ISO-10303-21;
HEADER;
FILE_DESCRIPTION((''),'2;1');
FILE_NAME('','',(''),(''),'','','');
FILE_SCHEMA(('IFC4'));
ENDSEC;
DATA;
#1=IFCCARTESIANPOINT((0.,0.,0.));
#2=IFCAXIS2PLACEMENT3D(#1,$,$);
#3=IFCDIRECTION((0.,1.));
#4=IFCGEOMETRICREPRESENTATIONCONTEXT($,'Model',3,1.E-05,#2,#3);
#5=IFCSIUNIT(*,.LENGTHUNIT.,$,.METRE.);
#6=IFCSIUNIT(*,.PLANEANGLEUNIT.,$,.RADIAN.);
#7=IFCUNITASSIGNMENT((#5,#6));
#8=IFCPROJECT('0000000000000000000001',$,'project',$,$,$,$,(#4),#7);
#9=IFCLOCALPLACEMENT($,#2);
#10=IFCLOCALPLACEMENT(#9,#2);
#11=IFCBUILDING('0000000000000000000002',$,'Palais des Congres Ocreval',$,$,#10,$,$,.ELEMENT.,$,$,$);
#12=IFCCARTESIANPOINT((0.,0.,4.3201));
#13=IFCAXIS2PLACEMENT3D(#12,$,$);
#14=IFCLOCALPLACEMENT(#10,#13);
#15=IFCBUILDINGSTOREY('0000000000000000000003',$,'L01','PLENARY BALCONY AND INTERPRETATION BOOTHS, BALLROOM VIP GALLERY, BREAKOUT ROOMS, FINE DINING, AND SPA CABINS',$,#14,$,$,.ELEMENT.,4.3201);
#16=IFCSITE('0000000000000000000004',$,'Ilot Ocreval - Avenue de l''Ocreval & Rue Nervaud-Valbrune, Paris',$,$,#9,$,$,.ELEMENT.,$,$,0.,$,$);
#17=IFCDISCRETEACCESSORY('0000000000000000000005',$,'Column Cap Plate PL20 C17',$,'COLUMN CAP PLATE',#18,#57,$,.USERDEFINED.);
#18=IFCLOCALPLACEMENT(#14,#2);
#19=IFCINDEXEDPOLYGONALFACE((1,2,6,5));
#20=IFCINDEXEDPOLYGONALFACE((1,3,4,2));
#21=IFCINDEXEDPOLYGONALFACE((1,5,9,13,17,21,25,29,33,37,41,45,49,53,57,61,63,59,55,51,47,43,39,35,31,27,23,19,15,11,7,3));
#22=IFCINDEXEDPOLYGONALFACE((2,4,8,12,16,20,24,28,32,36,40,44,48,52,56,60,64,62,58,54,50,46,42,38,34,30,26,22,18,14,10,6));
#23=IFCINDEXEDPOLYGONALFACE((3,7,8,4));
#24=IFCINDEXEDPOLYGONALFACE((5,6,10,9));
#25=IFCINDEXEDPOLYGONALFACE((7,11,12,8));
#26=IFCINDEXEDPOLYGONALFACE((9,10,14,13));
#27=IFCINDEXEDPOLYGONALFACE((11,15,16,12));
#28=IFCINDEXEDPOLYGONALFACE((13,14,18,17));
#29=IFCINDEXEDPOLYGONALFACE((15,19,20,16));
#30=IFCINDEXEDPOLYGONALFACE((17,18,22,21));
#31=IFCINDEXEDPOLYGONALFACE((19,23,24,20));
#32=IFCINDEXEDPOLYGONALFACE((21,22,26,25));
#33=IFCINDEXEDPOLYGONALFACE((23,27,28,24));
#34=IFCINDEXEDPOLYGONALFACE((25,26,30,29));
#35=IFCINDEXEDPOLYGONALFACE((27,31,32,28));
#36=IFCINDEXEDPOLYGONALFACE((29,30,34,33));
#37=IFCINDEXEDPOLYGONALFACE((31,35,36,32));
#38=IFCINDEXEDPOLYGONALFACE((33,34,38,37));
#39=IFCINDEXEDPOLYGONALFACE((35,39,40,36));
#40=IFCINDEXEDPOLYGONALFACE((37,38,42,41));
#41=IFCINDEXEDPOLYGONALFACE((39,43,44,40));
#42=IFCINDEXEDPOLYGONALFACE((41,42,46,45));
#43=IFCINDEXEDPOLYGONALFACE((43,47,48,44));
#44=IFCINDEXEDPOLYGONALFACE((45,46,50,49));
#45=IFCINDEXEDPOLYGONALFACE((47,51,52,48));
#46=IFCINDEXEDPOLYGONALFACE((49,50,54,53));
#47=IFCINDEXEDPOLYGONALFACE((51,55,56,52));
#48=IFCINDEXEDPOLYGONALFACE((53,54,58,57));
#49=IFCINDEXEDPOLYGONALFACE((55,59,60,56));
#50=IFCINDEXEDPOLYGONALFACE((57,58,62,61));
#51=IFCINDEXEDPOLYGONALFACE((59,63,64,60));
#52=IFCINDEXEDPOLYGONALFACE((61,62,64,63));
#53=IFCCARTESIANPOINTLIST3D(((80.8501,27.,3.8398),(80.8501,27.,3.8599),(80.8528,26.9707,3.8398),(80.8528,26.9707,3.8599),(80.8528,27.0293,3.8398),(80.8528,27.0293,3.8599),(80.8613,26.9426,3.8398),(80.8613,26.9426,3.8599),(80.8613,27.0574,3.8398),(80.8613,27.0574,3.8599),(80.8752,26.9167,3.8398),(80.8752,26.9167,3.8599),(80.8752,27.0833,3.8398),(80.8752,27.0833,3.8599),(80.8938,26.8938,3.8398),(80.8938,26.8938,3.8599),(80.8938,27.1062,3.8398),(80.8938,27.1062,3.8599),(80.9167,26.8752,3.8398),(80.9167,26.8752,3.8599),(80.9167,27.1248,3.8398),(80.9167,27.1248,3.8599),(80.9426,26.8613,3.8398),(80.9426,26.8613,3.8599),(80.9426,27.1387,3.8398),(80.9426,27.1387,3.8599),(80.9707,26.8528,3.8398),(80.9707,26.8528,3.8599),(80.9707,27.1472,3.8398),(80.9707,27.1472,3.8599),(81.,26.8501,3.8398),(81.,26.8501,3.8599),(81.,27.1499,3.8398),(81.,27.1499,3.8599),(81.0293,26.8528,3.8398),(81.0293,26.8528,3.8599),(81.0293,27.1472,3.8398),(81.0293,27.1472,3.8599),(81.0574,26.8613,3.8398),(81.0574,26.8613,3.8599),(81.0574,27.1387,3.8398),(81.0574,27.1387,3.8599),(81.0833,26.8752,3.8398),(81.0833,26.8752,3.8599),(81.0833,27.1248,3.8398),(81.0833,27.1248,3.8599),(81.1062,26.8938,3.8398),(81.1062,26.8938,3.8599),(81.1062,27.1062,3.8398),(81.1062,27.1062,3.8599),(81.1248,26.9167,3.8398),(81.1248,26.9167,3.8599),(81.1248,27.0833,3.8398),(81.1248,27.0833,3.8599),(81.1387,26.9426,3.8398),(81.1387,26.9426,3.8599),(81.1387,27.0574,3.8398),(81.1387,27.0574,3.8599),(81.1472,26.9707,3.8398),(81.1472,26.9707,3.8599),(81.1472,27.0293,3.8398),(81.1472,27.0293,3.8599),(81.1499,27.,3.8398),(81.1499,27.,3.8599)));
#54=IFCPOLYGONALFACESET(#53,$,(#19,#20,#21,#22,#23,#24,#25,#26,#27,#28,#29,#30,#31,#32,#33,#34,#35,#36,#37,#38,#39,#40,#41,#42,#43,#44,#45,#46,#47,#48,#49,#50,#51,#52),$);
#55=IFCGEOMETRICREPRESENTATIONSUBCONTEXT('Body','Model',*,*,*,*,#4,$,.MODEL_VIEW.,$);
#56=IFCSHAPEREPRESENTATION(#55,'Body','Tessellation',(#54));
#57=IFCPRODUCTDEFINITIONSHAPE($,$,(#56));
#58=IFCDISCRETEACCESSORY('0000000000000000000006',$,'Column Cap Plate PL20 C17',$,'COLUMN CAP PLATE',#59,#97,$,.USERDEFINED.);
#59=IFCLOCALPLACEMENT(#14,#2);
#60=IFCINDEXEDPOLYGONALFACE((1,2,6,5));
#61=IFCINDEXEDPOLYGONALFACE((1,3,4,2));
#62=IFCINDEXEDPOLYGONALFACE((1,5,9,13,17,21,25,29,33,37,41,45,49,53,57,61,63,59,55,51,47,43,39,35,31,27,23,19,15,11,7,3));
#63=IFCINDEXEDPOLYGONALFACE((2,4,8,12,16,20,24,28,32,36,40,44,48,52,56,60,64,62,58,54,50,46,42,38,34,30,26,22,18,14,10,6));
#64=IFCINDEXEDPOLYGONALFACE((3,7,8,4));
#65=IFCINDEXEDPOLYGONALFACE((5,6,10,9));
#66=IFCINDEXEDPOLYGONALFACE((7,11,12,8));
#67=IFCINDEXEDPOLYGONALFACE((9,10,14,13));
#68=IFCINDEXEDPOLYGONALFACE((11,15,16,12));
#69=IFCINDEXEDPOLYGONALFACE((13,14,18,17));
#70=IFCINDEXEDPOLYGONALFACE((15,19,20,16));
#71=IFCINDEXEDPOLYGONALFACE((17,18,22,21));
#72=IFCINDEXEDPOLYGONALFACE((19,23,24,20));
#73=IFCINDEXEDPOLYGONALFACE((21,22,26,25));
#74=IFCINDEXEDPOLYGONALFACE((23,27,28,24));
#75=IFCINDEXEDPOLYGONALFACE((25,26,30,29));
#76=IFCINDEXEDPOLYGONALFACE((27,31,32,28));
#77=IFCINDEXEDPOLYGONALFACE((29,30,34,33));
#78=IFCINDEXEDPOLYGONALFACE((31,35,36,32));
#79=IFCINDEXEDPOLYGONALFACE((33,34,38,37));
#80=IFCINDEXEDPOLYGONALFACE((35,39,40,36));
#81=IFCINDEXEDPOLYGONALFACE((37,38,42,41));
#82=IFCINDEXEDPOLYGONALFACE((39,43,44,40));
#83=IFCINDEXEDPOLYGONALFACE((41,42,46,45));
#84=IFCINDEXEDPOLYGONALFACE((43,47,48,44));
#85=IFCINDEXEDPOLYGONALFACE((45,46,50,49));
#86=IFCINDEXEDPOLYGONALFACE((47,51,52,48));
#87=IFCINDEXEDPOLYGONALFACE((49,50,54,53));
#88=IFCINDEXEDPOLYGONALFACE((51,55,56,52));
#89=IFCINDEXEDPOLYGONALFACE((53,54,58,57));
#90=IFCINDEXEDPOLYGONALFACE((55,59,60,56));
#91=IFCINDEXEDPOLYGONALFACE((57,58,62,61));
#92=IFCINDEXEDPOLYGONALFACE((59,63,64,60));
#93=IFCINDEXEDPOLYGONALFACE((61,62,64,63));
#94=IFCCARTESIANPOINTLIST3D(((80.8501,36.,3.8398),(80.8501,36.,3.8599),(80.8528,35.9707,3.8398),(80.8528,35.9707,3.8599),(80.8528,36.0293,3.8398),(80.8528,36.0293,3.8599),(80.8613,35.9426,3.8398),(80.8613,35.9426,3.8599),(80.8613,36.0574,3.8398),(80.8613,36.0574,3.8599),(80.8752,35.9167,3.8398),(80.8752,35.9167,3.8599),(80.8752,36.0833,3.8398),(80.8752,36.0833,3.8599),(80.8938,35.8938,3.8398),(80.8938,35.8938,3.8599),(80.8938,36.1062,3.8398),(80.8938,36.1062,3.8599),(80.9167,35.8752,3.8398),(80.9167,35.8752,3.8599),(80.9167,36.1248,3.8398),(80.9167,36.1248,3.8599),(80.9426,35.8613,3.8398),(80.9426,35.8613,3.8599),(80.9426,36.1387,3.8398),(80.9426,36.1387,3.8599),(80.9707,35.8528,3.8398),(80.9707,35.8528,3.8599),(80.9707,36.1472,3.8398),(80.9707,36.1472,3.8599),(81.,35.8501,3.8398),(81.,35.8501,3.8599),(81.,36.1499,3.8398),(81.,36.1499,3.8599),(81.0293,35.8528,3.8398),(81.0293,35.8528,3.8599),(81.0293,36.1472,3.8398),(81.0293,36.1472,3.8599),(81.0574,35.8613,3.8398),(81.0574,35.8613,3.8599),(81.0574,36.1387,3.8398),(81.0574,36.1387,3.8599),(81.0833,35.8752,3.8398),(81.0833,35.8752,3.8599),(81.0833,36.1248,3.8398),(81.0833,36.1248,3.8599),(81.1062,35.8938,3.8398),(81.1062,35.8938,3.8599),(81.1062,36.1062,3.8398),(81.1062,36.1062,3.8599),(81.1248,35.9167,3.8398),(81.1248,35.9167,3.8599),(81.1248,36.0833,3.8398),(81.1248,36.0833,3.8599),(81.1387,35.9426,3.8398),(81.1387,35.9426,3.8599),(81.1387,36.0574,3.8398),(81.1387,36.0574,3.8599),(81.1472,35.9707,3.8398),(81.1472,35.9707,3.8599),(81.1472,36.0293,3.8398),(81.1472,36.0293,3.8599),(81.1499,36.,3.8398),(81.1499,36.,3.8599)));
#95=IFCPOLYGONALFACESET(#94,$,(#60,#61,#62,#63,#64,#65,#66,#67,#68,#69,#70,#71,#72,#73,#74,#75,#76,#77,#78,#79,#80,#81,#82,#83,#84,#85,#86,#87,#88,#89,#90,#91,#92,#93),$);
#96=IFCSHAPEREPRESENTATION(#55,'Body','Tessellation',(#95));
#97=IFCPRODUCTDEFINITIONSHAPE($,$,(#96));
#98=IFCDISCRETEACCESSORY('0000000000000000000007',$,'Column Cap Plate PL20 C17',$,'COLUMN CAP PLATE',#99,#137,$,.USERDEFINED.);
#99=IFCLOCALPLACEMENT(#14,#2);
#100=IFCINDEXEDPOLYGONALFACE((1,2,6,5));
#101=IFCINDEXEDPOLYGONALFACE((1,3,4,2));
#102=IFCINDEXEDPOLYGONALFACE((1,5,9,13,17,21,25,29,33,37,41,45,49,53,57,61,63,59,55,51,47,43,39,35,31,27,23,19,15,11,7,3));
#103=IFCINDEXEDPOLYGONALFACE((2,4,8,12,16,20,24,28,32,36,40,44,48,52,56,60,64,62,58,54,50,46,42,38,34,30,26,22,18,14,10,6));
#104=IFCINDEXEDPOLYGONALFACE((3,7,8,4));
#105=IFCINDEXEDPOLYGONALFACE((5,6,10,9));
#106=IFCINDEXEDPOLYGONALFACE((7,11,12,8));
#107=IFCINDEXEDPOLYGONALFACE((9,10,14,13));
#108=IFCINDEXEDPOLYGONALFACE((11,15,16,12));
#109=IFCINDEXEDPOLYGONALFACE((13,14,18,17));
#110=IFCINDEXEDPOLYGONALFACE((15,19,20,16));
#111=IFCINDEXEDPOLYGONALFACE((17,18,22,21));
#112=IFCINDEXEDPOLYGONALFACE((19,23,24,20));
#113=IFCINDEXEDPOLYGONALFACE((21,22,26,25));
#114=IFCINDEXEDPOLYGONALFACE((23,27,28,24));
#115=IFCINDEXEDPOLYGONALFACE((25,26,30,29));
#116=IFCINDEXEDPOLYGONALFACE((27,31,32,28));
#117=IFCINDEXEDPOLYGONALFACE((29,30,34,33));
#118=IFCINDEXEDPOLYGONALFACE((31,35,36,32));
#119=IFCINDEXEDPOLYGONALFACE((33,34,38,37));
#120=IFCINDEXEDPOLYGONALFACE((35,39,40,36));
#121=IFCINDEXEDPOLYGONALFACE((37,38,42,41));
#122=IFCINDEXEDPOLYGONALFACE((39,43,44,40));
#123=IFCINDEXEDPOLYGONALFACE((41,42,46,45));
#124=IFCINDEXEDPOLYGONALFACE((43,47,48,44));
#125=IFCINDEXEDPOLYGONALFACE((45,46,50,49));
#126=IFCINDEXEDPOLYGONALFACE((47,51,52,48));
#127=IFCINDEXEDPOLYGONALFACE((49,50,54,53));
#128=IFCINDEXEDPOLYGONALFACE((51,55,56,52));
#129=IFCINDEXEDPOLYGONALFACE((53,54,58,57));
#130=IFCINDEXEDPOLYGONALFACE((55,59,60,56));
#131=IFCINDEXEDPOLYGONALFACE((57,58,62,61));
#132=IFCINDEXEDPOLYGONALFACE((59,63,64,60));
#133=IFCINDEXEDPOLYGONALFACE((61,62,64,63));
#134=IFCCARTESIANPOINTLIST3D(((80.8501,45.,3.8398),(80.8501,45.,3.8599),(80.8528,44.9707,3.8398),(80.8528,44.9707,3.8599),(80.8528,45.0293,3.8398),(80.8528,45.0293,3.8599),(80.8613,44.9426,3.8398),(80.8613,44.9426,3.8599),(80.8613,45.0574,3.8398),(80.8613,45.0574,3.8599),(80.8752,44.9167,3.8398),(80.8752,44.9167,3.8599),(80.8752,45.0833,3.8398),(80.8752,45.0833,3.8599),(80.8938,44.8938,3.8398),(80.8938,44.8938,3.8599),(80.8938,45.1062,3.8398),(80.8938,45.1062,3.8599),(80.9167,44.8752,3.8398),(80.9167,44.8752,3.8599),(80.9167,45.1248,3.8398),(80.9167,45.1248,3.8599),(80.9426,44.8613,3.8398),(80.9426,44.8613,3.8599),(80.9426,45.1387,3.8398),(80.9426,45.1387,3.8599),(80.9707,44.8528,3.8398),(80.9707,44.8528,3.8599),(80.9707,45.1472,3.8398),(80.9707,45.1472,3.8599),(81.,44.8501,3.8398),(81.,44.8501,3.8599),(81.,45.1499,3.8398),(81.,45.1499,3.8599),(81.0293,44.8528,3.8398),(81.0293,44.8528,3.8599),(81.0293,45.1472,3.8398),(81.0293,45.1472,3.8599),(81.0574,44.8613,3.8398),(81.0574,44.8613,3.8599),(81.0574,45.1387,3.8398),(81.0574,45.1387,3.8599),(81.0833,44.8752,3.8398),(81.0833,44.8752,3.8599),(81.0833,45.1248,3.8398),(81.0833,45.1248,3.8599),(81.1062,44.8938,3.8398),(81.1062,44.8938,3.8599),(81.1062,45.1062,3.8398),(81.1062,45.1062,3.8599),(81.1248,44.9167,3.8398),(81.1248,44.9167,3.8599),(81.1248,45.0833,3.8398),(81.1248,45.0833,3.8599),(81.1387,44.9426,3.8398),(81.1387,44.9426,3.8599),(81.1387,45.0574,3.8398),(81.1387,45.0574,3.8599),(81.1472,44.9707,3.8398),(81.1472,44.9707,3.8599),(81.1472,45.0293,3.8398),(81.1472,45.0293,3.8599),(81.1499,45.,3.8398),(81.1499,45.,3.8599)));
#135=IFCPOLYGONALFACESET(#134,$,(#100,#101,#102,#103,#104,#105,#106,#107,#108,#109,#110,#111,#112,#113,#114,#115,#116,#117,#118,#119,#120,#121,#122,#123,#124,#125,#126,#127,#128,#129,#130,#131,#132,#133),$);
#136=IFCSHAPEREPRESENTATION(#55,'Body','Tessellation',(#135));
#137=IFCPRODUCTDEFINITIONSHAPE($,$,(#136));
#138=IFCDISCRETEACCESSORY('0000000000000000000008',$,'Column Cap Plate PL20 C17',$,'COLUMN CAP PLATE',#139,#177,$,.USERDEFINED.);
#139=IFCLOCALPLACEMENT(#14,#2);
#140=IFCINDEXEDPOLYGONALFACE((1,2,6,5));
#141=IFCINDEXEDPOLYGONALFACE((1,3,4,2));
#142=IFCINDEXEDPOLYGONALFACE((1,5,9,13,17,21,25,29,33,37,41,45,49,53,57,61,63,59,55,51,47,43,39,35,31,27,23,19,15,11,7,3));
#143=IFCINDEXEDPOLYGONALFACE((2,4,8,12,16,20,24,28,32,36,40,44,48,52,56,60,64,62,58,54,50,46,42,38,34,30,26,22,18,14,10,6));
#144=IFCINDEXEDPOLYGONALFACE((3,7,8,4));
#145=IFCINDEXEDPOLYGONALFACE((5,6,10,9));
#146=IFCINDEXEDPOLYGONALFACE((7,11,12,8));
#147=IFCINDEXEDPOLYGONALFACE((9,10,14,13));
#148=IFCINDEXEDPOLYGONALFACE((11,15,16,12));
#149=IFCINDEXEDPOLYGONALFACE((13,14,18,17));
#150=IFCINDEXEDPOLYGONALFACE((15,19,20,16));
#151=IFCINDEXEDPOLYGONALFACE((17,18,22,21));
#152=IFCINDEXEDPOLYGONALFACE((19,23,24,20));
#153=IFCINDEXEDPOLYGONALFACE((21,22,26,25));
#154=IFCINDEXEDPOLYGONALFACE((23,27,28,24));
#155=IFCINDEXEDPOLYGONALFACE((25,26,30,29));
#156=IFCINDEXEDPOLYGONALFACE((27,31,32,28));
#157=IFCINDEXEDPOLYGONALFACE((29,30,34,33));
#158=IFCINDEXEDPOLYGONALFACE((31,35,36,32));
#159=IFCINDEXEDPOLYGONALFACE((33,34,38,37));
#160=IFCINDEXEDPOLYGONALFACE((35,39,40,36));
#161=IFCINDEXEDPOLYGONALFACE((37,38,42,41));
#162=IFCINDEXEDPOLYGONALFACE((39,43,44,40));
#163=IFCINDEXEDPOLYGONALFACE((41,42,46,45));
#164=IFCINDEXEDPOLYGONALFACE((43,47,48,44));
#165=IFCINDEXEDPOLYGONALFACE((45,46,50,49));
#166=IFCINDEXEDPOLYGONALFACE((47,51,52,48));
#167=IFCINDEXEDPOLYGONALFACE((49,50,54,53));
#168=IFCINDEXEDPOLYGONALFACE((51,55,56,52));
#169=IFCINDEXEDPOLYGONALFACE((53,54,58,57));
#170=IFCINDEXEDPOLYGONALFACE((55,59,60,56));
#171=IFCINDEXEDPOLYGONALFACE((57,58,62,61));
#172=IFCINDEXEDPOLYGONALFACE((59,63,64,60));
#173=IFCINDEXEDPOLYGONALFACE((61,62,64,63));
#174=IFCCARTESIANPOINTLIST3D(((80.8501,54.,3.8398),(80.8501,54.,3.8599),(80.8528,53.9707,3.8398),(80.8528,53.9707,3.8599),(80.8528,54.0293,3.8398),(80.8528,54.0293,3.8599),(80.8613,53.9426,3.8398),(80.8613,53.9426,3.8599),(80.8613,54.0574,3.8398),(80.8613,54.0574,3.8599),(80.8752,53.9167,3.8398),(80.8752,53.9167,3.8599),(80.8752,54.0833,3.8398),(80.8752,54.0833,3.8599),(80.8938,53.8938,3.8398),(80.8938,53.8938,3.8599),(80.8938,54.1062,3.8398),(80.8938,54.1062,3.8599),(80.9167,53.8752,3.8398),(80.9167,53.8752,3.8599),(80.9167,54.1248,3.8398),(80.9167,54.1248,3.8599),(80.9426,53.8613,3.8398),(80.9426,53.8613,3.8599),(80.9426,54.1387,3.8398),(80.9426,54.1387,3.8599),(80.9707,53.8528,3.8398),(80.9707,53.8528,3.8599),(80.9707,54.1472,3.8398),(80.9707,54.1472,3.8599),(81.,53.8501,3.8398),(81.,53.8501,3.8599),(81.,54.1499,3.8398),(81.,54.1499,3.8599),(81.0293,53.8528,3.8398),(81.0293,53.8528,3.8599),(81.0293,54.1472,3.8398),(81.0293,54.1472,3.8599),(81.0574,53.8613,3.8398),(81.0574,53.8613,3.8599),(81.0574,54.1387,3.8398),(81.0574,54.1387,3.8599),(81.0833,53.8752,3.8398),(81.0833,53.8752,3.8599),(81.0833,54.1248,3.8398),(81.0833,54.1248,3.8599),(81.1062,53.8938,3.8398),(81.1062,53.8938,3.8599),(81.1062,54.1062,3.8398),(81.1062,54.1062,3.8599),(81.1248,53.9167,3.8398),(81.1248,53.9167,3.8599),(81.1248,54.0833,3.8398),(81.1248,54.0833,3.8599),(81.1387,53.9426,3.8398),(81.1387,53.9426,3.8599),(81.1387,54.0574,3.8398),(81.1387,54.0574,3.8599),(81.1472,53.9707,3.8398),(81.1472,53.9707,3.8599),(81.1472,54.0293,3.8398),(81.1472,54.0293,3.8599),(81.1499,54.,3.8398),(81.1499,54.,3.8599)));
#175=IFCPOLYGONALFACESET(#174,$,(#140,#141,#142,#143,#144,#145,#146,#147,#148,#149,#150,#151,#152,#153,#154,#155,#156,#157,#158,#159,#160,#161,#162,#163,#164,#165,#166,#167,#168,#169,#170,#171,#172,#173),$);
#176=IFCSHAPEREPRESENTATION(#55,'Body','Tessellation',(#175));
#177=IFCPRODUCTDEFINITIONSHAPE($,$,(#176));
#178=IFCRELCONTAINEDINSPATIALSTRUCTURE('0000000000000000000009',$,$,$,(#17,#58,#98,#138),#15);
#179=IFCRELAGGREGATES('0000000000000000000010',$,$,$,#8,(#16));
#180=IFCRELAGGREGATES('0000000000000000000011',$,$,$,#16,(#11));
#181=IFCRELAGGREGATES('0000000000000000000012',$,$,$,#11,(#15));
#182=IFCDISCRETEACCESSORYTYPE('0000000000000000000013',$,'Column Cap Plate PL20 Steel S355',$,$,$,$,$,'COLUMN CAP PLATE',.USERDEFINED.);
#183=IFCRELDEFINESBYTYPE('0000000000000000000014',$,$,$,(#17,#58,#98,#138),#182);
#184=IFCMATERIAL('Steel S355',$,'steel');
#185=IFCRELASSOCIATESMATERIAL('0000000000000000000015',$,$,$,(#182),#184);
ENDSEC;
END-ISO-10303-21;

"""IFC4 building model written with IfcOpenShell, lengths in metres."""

from ifc_helpers import new_model, si_unit, direction, frame, origin, place, context, subcontext, project, spatial, polyline, outline, extrude, material, type_object, element, save


model = new_model("IFC4")

# Units and contexts
model_context = context("Model", 3, precision=1e-05, world=origin(), true_north=direction((0.0, 1.0)))
body_context = subcontext(model_context, "Body", "Model", "MODEL_VIEW")
ifc_project = project(units=[si_unit("LENGTHUNIT", "METRE"), si_unit("PLANEANGLEUNIT", "RADIAN")], contexts=[model_context])

# Site, building, storey
site_placement = place(None, origin())
site = spatial("IfcSite", under=ifc_project, at=site_placement, Name="Ilot Ocreval - Avenue de l'Ocreval & Rue Nervaud-Valbrune, Paris", CompositionType="ELEMENT", RefElevation=0.0)
building_placement = place(site_placement, origin())
building = spatial("IfcBuilding", under=site, at=building_placement, Name="Palais des Congres Ocreval", CompositionType="ELEMENT")
storey_placement = place(building_placement, frame((0.0, 0.0, 4.3201)))
storey = spatial("IfcBuildingStorey", under=building, at=storey_placement, Name="L01", Description="PLENARY BALCONY AND INTERPRETATION BOOTHS, BALLROOM VIP GALLERY, BREAKOUT ROOMS, FINE DINING, AND SPA CABINS", CompositionType="ELEMENT", Elevation=4.3201)

# Discrete accessories
ifc_material = material(Name="Steel S355", Category="steel")
discrete_accessory_type = type_object("IfcDiscreteAccessoryType", Name="Column Cap Plate PL20 Steel S355", ElementType="COLUMN CAP PLATE", PredefinedType="USERDEFINED", material=ifc_material)
discrete_accessory_1_placement = place(storey_placement, frame((0.0, 0.0, 3.8398)))
element("IfcDiscreteAccessory", 1, at=discrete_accessory_1_placement, inside=storey, type_object=discrete_accessory_type, Name="Column Cap Plate PL20 C17", ObjectType="COLUMN CAP PLATE", PredefinedType="USERDEFINED", context=body_context, shape_type="SweptSolid", body=[
    extrude(outline(polyline([(81.1499, 27.0), (81.1472, 27.0293), (81.1387, 27.0574), (81.1248, 27.0833), (81.1062, 27.1062), (81.0833, 27.1248), (81.0574, 27.1387), (81.0293, 27.1472), (81.0, 27.1499), (80.9707, 27.1472), (80.9426, 27.1387), (80.9167, 27.1248), (80.8938, 27.1062), (80.8752, 27.0833), (80.8613, 27.0574), (80.8528, 27.0293), (80.8501, 27.0), (80.8528, 26.9707), (80.8613, 26.9426), (80.8752, 26.9167), (80.8938, 26.8938), (80.9167, 26.8752), (80.9426, 26.8613), (80.9707, 26.8528), (81.0, 26.8501), (81.0293, 26.8528), (81.0574, 26.8613), (81.0833, 26.8752), (81.1062, 26.8938), (81.1248, 26.9167), (81.1387, 26.9426), (81.1472, 26.9707), (81.1499, 27.0)])), origin(), (0.0, 0.0, 1.0), 0.02),
])
discrete_accessory_2_placement = place(storey_placement, frame((0.0, 0.0, 3.8398)))
element("IfcDiscreteAccessory", 2, at=discrete_accessory_2_placement, inside=storey, type_object=discrete_accessory_type, Name="Column Cap Plate PL20 C17", ObjectType="COLUMN CAP PLATE", PredefinedType="USERDEFINED", context=body_context, shape_type="SweptSolid", body=[
    extrude(outline(polyline([(81.1499, 36.0), (81.1472, 36.0293), (81.1387, 36.0574), (81.1248, 36.0833), (81.1062, 36.1062), (81.0833, 36.1248), (81.0574, 36.1387), (81.0293, 36.1472), (81.0, 36.1499), (80.9707, 36.1472), (80.9426, 36.1387), (80.9167, 36.1248), (80.8938, 36.1062), (80.8752, 36.0833), (80.8613, 36.0574), (80.8528, 36.0293), (80.8501, 36.0), (80.8528, 35.9707), (80.8613, 35.9426), (80.8752, 35.9167), (80.8938, 35.8938), (80.9167, 35.8752), (80.9426, 35.8613), (80.9707, 35.8528), (81.0, 35.8501), (81.0293, 35.8528), (81.0574, 35.8613), (81.0833, 35.8752), (81.1062, 35.8938), (81.1248, 35.9167), (81.1387, 35.9426), (81.1472, 35.9707), (81.1499, 36.0)])), origin(), (0.0, 0.0, 1.0), 0.02),
])
discrete_accessory_3_placement = place(storey_placement, frame((0.0, 0.0, 3.8398)))
element("IfcDiscreteAccessory", 3, at=discrete_accessory_3_placement, inside=storey, type_object=discrete_accessory_type, Name="Column Cap Plate PL20 C17", ObjectType="COLUMN CAP PLATE", PredefinedType="USERDEFINED", context=body_context, shape_type="SweptSolid", body=[
    extrude(outline(polyline([(81.1499, 45.0), (81.1472, 45.0293), (81.1387, 45.0574), (81.1248, 45.0833), (81.1062, 45.1062), (81.0833, 45.1248), (81.0574, 45.1387), (81.0293, 45.1472), (81.0, 45.1499), (80.9707, 45.1472), (80.9426, 45.1387), (80.9167, 45.1248), (80.8938, 45.1062), (80.8752, 45.0833), (80.8613, 45.0574), (80.8528, 45.0293), (80.8501, 45.0), (80.8528, 44.9707), (80.8613, 44.9426), (80.8752, 44.9167), (80.8938, 44.8938), (80.9167, 44.8752), (80.9426, 44.8613), (80.9707, 44.8528), (81.0, 44.8501), (81.0293, 44.8528), (81.0574, 44.8613), (81.0833, 44.8752), (81.1062, 44.8938), (81.1248, 44.9167), (81.1387, 44.9426), (81.1472, 44.9707), (81.1499, 45.0)])), origin(), (0.0, 0.0, 1.0), 0.02),
])
discrete_accessory_4_placement = place(storey_placement, frame((0.0, 0.0, 3.8398)))
element("IfcDiscreteAccessory", 4, at=discrete_accessory_4_placement, inside=storey, type_object=discrete_accessory_type, Name="Column Cap Plate PL20 C17", ObjectType="COLUMN CAP PLATE", PredefinedType="USERDEFINED", context=body_context, shape_type="SweptSolid", body=[
    extrude(outline(polyline([(81.1499, 54.0), (81.1472, 54.0293), (81.1387, 54.0574), (81.1248, 54.0833), (81.1062, 54.1062), (81.0833, 54.1248), (81.0574, 54.1387), (81.0293, 54.1472), (81.0, 54.1499), (80.9707, 54.1472), (80.9426, 54.1387), (80.9167, 54.1248), (80.8938, 54.1062), (80.8752, 54.0833), (80.8613, 54.0574), (80.8528, 54.0293), (80.8501, 54.0), (80.8528, 53.9707), (80.8613, 53.9426), (80.8752, 53.9167), (80.8938, 53.8938), (80.9167, 53.8752), (80.9426, 53.8613), (80.9707, 53.8528), (81.0, 53.8501), (81.0293, 53.8528), (81.0574, 53.8613), (81.0833, 53.8752), (81.1062, 53.8938), (81.1248, 53.9167), (81.1387, 53.9426), (81.1472, 53.9707), (81.1499, 54.0)])), origin(), (0.0, 0.0, 1.0), 0.02),
])

save(model, "model.ifc")
